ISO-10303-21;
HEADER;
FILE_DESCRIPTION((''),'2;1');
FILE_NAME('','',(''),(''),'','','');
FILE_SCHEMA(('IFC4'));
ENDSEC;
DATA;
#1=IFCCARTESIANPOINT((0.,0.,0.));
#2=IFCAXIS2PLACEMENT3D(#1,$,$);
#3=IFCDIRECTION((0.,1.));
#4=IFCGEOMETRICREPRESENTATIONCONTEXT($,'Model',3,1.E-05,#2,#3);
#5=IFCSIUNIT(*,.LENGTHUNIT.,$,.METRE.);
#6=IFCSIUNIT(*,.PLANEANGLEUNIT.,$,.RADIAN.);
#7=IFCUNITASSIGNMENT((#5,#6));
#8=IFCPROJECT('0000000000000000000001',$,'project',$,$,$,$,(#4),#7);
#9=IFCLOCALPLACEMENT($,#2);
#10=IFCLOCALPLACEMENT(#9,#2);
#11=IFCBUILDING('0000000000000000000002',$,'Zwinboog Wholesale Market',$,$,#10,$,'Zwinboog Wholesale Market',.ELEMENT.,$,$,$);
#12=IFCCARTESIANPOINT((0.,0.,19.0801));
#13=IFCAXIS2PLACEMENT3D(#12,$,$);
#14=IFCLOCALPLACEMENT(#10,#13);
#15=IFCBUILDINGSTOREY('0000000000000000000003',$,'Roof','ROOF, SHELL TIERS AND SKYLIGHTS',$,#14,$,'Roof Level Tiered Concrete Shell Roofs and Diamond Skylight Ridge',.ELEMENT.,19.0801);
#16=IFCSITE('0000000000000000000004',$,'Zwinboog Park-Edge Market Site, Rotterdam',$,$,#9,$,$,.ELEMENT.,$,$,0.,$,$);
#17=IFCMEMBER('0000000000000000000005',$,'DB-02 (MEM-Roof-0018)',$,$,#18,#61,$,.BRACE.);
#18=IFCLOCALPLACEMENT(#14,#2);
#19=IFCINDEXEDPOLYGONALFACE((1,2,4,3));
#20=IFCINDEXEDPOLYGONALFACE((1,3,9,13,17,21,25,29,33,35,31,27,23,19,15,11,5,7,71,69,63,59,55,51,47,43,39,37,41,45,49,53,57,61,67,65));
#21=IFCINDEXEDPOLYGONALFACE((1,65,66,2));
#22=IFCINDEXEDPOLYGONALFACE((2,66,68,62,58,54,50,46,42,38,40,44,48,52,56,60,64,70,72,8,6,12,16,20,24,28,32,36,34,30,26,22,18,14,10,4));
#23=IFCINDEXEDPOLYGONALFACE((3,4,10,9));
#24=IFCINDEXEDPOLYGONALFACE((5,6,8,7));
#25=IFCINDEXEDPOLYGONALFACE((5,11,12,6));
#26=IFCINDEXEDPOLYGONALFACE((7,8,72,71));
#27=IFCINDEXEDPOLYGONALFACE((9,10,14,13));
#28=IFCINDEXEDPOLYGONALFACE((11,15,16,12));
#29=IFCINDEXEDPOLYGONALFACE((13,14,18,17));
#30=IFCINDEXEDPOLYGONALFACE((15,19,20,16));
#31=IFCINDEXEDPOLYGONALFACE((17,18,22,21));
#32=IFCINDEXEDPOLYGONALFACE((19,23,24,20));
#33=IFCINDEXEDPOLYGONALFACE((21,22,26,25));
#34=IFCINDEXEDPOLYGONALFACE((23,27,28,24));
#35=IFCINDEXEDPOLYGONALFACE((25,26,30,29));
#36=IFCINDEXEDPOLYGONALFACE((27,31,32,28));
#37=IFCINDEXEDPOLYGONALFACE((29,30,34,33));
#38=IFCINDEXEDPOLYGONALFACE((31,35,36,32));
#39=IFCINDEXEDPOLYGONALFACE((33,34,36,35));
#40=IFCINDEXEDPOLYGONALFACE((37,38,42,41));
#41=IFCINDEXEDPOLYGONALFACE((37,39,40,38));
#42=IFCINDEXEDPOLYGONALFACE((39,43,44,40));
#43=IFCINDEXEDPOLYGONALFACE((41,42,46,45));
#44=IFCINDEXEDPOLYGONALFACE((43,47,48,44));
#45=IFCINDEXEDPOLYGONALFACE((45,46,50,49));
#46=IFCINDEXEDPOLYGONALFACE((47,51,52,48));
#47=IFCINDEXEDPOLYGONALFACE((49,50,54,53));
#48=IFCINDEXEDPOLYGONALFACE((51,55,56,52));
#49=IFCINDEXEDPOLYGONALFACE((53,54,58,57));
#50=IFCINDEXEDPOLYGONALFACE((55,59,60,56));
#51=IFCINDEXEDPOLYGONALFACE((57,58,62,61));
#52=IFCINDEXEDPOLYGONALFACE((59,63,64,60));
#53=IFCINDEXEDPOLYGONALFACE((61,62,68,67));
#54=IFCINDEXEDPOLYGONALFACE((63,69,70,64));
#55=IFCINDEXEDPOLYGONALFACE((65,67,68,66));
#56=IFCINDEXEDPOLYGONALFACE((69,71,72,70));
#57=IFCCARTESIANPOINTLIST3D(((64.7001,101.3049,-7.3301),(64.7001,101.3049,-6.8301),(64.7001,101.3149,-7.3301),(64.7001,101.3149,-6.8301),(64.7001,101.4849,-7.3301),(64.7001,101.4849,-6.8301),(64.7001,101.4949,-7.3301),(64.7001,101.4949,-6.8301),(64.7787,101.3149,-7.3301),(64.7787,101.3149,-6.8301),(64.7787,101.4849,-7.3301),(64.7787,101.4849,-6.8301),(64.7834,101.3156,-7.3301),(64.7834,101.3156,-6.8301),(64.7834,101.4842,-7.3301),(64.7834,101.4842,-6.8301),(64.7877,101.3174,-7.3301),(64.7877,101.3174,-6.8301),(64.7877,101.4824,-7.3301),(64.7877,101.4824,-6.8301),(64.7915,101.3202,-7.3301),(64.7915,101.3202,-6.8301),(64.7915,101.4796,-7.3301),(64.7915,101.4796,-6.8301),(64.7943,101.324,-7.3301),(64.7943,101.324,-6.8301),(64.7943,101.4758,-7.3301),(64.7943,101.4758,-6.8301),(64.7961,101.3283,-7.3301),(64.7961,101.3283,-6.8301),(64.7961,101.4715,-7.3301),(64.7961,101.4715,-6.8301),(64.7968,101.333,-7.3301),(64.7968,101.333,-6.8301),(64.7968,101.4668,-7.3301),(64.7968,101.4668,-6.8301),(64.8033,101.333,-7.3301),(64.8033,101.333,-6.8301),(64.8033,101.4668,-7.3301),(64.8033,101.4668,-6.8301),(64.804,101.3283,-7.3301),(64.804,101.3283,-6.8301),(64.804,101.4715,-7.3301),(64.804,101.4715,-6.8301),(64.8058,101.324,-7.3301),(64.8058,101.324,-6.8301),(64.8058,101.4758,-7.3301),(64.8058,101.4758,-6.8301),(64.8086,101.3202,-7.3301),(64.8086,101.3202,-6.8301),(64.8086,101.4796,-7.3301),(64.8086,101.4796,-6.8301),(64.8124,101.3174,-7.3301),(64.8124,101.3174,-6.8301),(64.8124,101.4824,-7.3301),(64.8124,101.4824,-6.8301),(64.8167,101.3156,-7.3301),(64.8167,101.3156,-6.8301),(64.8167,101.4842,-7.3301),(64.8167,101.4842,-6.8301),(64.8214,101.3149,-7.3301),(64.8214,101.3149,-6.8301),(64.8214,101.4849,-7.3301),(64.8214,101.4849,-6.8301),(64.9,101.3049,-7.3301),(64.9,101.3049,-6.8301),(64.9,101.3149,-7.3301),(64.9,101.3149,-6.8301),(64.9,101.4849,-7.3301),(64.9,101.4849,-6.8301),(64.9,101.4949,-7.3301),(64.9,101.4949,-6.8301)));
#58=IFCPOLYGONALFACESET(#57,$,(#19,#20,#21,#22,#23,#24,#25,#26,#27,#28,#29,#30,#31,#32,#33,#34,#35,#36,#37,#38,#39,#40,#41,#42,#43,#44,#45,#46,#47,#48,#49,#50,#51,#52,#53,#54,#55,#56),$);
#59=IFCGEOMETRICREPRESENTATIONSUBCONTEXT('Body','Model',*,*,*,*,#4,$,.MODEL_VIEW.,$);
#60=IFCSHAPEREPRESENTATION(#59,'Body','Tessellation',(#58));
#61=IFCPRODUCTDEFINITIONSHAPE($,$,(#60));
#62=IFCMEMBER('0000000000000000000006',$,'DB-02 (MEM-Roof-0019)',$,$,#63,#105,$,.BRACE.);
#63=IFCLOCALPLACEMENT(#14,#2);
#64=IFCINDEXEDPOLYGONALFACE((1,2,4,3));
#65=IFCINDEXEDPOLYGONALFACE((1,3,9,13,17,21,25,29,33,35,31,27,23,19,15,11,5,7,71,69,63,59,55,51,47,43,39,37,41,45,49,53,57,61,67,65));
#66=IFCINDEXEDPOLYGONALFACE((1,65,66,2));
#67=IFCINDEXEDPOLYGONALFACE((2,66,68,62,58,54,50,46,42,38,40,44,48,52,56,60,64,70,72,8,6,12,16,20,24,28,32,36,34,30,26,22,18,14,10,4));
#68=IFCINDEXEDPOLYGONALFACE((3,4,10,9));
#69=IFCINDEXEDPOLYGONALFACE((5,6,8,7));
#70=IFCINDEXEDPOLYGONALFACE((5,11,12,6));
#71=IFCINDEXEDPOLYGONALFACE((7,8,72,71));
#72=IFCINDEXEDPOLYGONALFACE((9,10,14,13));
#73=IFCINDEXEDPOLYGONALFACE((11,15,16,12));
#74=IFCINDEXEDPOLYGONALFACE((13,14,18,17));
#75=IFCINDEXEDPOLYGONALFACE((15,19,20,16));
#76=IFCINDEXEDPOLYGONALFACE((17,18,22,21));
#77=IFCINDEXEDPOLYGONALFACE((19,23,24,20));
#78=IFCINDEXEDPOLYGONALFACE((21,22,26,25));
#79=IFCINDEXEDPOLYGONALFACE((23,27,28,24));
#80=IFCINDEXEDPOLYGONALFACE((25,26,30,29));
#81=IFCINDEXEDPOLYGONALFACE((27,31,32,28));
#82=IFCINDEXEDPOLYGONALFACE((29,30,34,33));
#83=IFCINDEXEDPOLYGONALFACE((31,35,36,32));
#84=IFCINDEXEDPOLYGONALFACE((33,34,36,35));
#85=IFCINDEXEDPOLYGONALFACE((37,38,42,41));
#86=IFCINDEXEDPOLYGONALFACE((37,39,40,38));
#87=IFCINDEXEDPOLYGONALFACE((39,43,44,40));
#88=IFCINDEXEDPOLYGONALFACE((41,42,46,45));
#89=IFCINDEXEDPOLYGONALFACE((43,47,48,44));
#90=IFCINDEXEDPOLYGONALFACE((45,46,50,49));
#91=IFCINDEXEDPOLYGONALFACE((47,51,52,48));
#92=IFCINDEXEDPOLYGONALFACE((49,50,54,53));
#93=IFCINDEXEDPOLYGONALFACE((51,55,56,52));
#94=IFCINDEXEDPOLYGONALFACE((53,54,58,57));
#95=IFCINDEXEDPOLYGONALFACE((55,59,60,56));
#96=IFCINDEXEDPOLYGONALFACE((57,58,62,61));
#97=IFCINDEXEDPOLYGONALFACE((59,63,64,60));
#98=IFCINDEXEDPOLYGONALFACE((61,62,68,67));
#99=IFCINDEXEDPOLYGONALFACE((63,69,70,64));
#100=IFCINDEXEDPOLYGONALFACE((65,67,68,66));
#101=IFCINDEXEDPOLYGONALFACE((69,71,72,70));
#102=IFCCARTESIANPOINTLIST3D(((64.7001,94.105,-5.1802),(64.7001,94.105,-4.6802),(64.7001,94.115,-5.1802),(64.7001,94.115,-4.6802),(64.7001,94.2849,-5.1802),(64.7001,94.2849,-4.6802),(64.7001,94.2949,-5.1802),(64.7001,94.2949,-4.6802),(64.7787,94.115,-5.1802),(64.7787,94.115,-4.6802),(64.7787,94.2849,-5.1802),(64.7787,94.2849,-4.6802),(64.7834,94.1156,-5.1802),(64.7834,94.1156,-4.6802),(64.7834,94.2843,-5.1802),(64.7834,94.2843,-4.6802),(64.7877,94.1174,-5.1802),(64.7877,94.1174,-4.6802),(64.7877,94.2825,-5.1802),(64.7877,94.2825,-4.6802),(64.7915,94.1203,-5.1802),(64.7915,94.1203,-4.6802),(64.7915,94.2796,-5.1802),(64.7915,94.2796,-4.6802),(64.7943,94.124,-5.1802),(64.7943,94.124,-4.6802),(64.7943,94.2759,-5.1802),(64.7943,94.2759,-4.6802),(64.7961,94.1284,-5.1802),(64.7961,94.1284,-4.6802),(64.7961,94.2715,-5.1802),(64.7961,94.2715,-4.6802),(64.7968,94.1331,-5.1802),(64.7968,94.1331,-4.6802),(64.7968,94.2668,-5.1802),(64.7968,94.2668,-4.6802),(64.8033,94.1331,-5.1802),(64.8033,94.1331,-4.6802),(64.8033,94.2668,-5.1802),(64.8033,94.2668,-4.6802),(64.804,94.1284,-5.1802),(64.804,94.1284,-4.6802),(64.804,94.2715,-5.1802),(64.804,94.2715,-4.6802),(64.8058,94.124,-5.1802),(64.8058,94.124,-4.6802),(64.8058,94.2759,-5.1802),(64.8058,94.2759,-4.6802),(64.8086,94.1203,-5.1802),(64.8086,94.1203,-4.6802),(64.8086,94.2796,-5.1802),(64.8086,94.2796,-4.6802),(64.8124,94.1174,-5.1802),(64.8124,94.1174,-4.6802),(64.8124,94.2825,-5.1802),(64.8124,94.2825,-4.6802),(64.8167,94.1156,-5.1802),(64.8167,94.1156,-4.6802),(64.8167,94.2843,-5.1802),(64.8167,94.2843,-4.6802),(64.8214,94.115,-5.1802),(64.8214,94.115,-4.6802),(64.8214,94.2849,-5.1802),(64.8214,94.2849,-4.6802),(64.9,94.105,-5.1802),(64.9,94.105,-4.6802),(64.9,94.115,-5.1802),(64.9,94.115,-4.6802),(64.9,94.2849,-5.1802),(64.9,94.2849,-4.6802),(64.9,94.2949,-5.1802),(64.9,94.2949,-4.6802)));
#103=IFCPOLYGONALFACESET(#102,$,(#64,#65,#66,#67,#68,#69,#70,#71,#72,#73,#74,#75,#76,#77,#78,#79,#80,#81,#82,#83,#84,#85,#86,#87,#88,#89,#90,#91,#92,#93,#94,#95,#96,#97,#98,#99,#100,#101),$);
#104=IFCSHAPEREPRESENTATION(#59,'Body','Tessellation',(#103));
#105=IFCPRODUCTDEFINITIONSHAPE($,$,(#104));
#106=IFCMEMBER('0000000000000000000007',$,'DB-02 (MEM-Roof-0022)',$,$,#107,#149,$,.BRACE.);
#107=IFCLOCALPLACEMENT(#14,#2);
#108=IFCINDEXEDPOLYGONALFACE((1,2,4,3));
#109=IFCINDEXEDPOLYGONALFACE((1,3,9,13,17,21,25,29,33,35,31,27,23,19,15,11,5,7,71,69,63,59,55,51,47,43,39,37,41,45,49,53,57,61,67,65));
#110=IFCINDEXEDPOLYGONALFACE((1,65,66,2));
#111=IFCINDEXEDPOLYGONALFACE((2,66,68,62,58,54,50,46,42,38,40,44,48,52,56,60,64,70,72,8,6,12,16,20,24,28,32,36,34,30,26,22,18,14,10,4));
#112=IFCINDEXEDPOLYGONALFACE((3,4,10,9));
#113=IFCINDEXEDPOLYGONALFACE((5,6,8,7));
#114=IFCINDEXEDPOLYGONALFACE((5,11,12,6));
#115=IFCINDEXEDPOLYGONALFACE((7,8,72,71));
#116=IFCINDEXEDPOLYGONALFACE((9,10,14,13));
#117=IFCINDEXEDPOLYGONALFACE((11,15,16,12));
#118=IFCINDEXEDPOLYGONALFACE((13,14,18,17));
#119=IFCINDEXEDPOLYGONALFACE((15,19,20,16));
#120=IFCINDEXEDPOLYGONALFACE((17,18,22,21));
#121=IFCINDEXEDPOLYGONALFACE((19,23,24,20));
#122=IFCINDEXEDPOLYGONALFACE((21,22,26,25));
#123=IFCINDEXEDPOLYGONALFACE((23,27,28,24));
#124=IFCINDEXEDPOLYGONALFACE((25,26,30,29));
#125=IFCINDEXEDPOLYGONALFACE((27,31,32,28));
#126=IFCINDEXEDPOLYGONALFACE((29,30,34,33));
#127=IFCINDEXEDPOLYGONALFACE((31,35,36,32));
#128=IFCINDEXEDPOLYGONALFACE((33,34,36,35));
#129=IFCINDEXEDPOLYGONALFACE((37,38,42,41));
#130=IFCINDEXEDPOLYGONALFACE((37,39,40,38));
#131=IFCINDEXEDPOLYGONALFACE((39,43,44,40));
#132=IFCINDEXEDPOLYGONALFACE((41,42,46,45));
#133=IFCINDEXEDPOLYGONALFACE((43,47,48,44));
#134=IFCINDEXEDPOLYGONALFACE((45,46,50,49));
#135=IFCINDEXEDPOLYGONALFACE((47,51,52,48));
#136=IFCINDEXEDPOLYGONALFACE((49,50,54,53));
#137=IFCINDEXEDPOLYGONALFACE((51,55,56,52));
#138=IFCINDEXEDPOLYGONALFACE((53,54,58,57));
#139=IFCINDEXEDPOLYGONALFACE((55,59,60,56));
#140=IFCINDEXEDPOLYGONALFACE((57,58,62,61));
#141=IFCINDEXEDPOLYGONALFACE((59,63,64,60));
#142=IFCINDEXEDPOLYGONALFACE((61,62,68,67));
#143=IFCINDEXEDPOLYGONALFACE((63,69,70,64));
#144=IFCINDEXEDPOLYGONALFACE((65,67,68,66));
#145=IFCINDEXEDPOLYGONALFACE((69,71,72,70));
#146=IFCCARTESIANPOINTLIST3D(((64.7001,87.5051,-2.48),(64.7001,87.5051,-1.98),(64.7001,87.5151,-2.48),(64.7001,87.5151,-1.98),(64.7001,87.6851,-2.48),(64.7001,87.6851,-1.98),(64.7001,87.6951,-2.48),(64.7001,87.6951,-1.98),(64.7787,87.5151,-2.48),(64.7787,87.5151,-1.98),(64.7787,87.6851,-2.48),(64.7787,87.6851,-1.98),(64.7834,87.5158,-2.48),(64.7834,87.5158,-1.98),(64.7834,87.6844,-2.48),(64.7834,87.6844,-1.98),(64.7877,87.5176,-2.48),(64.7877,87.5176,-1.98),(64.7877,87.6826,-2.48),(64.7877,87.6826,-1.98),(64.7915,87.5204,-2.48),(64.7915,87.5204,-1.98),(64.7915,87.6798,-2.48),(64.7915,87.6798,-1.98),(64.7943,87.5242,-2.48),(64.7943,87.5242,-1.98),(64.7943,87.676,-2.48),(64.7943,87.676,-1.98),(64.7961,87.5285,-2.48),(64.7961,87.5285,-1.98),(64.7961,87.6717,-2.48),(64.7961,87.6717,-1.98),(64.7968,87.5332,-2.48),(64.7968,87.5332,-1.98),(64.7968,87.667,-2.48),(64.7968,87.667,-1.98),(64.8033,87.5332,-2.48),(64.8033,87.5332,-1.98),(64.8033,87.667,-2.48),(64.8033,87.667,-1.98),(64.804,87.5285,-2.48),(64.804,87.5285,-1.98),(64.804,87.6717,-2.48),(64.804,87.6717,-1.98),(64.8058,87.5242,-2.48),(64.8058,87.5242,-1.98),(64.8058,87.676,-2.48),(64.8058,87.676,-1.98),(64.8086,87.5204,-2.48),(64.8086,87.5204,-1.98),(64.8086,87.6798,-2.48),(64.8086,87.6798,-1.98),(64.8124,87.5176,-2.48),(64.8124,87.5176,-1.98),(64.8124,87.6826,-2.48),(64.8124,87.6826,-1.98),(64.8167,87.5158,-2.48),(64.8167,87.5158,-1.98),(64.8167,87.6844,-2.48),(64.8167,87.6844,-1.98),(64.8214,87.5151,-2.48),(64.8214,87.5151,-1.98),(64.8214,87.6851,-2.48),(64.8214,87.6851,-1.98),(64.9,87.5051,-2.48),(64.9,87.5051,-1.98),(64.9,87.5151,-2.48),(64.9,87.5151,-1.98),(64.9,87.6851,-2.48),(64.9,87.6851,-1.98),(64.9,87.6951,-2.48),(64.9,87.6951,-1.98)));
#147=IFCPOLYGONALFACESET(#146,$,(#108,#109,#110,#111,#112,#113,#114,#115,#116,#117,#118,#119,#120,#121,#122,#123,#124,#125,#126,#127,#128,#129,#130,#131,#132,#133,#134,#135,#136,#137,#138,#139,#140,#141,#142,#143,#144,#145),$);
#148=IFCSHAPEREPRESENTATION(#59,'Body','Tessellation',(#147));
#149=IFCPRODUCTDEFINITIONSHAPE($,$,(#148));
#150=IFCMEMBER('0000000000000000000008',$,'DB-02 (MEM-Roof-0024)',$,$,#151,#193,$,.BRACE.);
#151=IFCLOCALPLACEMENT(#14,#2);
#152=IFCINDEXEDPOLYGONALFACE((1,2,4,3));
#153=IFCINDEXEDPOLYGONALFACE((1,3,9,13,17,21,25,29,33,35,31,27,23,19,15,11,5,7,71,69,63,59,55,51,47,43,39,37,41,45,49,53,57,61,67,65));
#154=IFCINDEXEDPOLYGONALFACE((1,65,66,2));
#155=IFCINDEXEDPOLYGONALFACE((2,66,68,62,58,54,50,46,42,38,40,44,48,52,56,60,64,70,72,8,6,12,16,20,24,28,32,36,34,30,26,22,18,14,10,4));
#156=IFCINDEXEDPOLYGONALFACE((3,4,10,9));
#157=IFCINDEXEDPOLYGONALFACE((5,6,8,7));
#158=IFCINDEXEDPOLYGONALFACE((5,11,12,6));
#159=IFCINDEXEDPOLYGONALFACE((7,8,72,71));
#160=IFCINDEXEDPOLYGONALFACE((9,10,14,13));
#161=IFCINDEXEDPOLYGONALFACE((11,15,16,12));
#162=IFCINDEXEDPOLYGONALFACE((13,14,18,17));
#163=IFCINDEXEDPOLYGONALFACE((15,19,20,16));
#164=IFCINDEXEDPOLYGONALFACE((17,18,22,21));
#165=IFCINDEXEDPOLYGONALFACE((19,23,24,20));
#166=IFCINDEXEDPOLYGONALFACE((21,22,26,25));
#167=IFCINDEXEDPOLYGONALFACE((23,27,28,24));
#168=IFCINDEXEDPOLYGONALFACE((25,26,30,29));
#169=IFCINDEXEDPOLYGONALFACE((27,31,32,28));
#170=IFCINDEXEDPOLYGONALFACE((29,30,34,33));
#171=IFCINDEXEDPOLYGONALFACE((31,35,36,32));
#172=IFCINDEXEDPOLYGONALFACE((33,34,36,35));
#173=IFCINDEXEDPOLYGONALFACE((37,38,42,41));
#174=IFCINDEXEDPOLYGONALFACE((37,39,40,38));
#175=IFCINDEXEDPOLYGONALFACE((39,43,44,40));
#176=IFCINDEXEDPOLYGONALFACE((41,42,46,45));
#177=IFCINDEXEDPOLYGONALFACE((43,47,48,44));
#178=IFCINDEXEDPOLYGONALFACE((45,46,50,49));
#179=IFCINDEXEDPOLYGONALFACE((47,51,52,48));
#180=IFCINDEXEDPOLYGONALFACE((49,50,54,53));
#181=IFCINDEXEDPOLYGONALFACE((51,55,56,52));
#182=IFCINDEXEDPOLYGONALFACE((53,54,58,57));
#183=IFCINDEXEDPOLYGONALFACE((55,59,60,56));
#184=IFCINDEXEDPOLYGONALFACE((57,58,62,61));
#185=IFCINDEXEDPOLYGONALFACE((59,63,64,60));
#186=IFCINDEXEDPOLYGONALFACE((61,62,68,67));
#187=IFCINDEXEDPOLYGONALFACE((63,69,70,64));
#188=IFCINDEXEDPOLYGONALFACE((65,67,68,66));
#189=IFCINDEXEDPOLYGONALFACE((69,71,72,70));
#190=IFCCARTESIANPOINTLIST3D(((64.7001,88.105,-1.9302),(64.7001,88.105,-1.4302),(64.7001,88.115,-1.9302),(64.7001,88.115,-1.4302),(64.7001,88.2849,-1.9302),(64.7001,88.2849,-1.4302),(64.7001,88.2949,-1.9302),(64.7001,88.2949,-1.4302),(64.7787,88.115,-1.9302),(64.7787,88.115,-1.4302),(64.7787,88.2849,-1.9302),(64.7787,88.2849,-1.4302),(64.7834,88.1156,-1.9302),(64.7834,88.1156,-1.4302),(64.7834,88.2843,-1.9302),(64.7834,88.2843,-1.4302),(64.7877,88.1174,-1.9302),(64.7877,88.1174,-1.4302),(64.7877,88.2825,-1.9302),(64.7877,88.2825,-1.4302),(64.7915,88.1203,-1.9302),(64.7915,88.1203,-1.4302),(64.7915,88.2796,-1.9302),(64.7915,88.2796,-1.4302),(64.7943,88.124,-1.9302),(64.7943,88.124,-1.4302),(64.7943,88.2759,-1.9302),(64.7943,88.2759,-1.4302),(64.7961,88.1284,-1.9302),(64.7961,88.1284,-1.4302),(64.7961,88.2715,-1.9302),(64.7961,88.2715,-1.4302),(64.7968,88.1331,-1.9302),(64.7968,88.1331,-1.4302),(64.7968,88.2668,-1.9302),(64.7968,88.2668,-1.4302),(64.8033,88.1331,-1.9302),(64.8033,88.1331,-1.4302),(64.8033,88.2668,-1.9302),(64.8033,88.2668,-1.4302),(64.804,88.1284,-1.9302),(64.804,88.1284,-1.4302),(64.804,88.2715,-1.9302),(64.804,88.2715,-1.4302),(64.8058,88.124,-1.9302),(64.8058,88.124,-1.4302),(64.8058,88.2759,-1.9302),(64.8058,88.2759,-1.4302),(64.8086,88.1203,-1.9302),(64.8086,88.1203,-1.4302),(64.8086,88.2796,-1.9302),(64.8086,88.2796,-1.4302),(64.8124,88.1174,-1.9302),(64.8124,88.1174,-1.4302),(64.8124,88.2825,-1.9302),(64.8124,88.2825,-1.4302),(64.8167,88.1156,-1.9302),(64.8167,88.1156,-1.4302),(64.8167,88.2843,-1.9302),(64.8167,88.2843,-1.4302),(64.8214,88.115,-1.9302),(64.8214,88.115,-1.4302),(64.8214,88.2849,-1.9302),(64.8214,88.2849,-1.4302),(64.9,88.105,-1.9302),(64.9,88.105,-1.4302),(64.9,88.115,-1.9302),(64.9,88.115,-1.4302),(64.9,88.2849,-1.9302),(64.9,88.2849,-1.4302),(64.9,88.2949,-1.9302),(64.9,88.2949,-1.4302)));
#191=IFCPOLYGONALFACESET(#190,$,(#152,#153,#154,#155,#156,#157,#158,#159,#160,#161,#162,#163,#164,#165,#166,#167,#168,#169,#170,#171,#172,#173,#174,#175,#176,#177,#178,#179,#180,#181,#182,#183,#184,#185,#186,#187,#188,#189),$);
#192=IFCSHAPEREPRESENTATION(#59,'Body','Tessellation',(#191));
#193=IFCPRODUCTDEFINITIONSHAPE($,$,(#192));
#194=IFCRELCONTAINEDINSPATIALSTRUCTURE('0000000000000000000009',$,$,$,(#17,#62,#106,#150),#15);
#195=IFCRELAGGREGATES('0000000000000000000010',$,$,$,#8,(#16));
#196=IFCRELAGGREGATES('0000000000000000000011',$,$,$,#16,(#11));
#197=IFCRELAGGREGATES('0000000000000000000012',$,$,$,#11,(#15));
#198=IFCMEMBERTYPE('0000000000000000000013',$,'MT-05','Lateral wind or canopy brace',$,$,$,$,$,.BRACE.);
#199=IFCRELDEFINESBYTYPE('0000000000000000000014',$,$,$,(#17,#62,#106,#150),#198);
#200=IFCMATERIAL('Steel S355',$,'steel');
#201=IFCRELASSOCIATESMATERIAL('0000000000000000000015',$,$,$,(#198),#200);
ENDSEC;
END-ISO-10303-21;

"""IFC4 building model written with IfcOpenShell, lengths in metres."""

from ifc_helpers import new_model, si_unit, direction, frame, origin, origin_2d, place, context, subcontext, project, spatial, i_section, extrude, material, material_profile, profile_set, type_object, element, save


model = new_model("IFC4")

# Units and contexts
model_context = context("Model", 3, precision=1e-05, world=origin(), true_north=direction((0.0, 1.0)))
body_context = subcontext(model_context, "Body", "Model", "MODEL_VIEW")
ifc_project = project(units=[si_unit("LENGTHUNIT", "METRE"), si_unit("PLANEANGLEUNIT", "RADIAN")], contexts=[model_context])

# Site, building, storey
site_placement = place(None, origin())
site = spatial("IfcSite", under=ifc_project, at=site_placement, Name="Zwinboog Park-Edge Market Site, Rotterdam", CompositionType="ELEMENT", RefElevation=0.0)
building_placement = place(site_placement, origin())
building = spatial("IfcBuilding", under=site, at=building_placement, Name="Zwinboog Wholesale Market", LongName="Zwinboog Wholesale Market", CompositionType="ELEMENT")
storey_placement = place(building_placement, frame((0.0, 0.0, 19.0801)))
storey = spatial("IfcBuildingStorey", under=building, at=storey_placement, Name="Roof", Description="ROOF, SHELL TIERS AND SKYLIGHTS", LongName="Roof Level Tiered Concrete Shell Roofs and Diamond Skylight Ridge", CompositionType="ELEMENT", Elevation=19.0801)

# Members
ifc_material_1 = material(Name="Steel S355", Category="steel")
ifc_material_profile_1 = material_profile(ifc_material_1, i_section(OverallWidth=0.2, OverallDepth=0.1899, WebThickness=0.0066, FlangeThickness=0.01, FilletRadius=0.0181, at=origin_2d()), Name="HEA 200")
ifc_profile_set_1 = profile_set([ifc_material_profile_1], Name="Steel S355")
member_type_1 = type_object("IfcMemberType", Name="MT-05", Description="Lateral wind or canopy brace", PredefinedType="BRACE", material=ifc_profile_set_1)
for number, where, z_axis, x_axis, name in (
    (1, (64.8, 101.3999, -7.3301), (0.0, 0.0, 1.0), (1.0, 0.0, 0.0), "DB-02 (MEM-Roof-0018)"),
    (2, (64.8, 94.2, -5.1802), (0.0, 0.0, 1.0), (1.0, 0.0, 0.0), "DB-02 (MEM-Roof-0019)"),
    (3, (64.8, 87.6001, -2.48), (0.0, 0.0, 1.0), (1.0, 0.0, 0.0), "DB-02 (MEM-Roof-0022)"),
    (4, (64.8, 88.2, -1.9302), (0.0, 0.0, 1.0), (1.0, 0.0, 0.0), "DB-02 (MEM-Roof-0024)"),
):
    element("IfcMember", number, at=place(storey_placement, frame(where, z_axis=z_axis, x_axis=x_axis)), inside=storey, type_object=member_type_1, Name=name, PredefinedType="BRACE", context=body_context, shape_type="SweptSolid", body=[
        extrude(i_section(OverallWidth=0.2, OverallDepth=0.1899, WebThickness=0.0066, FlangeThickness=0.01, FilletRadius=0.0181, at=origin_2d()), origin(), (0.0, 0.0, 1.0), 0.5),
    ])

save(model, "model.ifc")
